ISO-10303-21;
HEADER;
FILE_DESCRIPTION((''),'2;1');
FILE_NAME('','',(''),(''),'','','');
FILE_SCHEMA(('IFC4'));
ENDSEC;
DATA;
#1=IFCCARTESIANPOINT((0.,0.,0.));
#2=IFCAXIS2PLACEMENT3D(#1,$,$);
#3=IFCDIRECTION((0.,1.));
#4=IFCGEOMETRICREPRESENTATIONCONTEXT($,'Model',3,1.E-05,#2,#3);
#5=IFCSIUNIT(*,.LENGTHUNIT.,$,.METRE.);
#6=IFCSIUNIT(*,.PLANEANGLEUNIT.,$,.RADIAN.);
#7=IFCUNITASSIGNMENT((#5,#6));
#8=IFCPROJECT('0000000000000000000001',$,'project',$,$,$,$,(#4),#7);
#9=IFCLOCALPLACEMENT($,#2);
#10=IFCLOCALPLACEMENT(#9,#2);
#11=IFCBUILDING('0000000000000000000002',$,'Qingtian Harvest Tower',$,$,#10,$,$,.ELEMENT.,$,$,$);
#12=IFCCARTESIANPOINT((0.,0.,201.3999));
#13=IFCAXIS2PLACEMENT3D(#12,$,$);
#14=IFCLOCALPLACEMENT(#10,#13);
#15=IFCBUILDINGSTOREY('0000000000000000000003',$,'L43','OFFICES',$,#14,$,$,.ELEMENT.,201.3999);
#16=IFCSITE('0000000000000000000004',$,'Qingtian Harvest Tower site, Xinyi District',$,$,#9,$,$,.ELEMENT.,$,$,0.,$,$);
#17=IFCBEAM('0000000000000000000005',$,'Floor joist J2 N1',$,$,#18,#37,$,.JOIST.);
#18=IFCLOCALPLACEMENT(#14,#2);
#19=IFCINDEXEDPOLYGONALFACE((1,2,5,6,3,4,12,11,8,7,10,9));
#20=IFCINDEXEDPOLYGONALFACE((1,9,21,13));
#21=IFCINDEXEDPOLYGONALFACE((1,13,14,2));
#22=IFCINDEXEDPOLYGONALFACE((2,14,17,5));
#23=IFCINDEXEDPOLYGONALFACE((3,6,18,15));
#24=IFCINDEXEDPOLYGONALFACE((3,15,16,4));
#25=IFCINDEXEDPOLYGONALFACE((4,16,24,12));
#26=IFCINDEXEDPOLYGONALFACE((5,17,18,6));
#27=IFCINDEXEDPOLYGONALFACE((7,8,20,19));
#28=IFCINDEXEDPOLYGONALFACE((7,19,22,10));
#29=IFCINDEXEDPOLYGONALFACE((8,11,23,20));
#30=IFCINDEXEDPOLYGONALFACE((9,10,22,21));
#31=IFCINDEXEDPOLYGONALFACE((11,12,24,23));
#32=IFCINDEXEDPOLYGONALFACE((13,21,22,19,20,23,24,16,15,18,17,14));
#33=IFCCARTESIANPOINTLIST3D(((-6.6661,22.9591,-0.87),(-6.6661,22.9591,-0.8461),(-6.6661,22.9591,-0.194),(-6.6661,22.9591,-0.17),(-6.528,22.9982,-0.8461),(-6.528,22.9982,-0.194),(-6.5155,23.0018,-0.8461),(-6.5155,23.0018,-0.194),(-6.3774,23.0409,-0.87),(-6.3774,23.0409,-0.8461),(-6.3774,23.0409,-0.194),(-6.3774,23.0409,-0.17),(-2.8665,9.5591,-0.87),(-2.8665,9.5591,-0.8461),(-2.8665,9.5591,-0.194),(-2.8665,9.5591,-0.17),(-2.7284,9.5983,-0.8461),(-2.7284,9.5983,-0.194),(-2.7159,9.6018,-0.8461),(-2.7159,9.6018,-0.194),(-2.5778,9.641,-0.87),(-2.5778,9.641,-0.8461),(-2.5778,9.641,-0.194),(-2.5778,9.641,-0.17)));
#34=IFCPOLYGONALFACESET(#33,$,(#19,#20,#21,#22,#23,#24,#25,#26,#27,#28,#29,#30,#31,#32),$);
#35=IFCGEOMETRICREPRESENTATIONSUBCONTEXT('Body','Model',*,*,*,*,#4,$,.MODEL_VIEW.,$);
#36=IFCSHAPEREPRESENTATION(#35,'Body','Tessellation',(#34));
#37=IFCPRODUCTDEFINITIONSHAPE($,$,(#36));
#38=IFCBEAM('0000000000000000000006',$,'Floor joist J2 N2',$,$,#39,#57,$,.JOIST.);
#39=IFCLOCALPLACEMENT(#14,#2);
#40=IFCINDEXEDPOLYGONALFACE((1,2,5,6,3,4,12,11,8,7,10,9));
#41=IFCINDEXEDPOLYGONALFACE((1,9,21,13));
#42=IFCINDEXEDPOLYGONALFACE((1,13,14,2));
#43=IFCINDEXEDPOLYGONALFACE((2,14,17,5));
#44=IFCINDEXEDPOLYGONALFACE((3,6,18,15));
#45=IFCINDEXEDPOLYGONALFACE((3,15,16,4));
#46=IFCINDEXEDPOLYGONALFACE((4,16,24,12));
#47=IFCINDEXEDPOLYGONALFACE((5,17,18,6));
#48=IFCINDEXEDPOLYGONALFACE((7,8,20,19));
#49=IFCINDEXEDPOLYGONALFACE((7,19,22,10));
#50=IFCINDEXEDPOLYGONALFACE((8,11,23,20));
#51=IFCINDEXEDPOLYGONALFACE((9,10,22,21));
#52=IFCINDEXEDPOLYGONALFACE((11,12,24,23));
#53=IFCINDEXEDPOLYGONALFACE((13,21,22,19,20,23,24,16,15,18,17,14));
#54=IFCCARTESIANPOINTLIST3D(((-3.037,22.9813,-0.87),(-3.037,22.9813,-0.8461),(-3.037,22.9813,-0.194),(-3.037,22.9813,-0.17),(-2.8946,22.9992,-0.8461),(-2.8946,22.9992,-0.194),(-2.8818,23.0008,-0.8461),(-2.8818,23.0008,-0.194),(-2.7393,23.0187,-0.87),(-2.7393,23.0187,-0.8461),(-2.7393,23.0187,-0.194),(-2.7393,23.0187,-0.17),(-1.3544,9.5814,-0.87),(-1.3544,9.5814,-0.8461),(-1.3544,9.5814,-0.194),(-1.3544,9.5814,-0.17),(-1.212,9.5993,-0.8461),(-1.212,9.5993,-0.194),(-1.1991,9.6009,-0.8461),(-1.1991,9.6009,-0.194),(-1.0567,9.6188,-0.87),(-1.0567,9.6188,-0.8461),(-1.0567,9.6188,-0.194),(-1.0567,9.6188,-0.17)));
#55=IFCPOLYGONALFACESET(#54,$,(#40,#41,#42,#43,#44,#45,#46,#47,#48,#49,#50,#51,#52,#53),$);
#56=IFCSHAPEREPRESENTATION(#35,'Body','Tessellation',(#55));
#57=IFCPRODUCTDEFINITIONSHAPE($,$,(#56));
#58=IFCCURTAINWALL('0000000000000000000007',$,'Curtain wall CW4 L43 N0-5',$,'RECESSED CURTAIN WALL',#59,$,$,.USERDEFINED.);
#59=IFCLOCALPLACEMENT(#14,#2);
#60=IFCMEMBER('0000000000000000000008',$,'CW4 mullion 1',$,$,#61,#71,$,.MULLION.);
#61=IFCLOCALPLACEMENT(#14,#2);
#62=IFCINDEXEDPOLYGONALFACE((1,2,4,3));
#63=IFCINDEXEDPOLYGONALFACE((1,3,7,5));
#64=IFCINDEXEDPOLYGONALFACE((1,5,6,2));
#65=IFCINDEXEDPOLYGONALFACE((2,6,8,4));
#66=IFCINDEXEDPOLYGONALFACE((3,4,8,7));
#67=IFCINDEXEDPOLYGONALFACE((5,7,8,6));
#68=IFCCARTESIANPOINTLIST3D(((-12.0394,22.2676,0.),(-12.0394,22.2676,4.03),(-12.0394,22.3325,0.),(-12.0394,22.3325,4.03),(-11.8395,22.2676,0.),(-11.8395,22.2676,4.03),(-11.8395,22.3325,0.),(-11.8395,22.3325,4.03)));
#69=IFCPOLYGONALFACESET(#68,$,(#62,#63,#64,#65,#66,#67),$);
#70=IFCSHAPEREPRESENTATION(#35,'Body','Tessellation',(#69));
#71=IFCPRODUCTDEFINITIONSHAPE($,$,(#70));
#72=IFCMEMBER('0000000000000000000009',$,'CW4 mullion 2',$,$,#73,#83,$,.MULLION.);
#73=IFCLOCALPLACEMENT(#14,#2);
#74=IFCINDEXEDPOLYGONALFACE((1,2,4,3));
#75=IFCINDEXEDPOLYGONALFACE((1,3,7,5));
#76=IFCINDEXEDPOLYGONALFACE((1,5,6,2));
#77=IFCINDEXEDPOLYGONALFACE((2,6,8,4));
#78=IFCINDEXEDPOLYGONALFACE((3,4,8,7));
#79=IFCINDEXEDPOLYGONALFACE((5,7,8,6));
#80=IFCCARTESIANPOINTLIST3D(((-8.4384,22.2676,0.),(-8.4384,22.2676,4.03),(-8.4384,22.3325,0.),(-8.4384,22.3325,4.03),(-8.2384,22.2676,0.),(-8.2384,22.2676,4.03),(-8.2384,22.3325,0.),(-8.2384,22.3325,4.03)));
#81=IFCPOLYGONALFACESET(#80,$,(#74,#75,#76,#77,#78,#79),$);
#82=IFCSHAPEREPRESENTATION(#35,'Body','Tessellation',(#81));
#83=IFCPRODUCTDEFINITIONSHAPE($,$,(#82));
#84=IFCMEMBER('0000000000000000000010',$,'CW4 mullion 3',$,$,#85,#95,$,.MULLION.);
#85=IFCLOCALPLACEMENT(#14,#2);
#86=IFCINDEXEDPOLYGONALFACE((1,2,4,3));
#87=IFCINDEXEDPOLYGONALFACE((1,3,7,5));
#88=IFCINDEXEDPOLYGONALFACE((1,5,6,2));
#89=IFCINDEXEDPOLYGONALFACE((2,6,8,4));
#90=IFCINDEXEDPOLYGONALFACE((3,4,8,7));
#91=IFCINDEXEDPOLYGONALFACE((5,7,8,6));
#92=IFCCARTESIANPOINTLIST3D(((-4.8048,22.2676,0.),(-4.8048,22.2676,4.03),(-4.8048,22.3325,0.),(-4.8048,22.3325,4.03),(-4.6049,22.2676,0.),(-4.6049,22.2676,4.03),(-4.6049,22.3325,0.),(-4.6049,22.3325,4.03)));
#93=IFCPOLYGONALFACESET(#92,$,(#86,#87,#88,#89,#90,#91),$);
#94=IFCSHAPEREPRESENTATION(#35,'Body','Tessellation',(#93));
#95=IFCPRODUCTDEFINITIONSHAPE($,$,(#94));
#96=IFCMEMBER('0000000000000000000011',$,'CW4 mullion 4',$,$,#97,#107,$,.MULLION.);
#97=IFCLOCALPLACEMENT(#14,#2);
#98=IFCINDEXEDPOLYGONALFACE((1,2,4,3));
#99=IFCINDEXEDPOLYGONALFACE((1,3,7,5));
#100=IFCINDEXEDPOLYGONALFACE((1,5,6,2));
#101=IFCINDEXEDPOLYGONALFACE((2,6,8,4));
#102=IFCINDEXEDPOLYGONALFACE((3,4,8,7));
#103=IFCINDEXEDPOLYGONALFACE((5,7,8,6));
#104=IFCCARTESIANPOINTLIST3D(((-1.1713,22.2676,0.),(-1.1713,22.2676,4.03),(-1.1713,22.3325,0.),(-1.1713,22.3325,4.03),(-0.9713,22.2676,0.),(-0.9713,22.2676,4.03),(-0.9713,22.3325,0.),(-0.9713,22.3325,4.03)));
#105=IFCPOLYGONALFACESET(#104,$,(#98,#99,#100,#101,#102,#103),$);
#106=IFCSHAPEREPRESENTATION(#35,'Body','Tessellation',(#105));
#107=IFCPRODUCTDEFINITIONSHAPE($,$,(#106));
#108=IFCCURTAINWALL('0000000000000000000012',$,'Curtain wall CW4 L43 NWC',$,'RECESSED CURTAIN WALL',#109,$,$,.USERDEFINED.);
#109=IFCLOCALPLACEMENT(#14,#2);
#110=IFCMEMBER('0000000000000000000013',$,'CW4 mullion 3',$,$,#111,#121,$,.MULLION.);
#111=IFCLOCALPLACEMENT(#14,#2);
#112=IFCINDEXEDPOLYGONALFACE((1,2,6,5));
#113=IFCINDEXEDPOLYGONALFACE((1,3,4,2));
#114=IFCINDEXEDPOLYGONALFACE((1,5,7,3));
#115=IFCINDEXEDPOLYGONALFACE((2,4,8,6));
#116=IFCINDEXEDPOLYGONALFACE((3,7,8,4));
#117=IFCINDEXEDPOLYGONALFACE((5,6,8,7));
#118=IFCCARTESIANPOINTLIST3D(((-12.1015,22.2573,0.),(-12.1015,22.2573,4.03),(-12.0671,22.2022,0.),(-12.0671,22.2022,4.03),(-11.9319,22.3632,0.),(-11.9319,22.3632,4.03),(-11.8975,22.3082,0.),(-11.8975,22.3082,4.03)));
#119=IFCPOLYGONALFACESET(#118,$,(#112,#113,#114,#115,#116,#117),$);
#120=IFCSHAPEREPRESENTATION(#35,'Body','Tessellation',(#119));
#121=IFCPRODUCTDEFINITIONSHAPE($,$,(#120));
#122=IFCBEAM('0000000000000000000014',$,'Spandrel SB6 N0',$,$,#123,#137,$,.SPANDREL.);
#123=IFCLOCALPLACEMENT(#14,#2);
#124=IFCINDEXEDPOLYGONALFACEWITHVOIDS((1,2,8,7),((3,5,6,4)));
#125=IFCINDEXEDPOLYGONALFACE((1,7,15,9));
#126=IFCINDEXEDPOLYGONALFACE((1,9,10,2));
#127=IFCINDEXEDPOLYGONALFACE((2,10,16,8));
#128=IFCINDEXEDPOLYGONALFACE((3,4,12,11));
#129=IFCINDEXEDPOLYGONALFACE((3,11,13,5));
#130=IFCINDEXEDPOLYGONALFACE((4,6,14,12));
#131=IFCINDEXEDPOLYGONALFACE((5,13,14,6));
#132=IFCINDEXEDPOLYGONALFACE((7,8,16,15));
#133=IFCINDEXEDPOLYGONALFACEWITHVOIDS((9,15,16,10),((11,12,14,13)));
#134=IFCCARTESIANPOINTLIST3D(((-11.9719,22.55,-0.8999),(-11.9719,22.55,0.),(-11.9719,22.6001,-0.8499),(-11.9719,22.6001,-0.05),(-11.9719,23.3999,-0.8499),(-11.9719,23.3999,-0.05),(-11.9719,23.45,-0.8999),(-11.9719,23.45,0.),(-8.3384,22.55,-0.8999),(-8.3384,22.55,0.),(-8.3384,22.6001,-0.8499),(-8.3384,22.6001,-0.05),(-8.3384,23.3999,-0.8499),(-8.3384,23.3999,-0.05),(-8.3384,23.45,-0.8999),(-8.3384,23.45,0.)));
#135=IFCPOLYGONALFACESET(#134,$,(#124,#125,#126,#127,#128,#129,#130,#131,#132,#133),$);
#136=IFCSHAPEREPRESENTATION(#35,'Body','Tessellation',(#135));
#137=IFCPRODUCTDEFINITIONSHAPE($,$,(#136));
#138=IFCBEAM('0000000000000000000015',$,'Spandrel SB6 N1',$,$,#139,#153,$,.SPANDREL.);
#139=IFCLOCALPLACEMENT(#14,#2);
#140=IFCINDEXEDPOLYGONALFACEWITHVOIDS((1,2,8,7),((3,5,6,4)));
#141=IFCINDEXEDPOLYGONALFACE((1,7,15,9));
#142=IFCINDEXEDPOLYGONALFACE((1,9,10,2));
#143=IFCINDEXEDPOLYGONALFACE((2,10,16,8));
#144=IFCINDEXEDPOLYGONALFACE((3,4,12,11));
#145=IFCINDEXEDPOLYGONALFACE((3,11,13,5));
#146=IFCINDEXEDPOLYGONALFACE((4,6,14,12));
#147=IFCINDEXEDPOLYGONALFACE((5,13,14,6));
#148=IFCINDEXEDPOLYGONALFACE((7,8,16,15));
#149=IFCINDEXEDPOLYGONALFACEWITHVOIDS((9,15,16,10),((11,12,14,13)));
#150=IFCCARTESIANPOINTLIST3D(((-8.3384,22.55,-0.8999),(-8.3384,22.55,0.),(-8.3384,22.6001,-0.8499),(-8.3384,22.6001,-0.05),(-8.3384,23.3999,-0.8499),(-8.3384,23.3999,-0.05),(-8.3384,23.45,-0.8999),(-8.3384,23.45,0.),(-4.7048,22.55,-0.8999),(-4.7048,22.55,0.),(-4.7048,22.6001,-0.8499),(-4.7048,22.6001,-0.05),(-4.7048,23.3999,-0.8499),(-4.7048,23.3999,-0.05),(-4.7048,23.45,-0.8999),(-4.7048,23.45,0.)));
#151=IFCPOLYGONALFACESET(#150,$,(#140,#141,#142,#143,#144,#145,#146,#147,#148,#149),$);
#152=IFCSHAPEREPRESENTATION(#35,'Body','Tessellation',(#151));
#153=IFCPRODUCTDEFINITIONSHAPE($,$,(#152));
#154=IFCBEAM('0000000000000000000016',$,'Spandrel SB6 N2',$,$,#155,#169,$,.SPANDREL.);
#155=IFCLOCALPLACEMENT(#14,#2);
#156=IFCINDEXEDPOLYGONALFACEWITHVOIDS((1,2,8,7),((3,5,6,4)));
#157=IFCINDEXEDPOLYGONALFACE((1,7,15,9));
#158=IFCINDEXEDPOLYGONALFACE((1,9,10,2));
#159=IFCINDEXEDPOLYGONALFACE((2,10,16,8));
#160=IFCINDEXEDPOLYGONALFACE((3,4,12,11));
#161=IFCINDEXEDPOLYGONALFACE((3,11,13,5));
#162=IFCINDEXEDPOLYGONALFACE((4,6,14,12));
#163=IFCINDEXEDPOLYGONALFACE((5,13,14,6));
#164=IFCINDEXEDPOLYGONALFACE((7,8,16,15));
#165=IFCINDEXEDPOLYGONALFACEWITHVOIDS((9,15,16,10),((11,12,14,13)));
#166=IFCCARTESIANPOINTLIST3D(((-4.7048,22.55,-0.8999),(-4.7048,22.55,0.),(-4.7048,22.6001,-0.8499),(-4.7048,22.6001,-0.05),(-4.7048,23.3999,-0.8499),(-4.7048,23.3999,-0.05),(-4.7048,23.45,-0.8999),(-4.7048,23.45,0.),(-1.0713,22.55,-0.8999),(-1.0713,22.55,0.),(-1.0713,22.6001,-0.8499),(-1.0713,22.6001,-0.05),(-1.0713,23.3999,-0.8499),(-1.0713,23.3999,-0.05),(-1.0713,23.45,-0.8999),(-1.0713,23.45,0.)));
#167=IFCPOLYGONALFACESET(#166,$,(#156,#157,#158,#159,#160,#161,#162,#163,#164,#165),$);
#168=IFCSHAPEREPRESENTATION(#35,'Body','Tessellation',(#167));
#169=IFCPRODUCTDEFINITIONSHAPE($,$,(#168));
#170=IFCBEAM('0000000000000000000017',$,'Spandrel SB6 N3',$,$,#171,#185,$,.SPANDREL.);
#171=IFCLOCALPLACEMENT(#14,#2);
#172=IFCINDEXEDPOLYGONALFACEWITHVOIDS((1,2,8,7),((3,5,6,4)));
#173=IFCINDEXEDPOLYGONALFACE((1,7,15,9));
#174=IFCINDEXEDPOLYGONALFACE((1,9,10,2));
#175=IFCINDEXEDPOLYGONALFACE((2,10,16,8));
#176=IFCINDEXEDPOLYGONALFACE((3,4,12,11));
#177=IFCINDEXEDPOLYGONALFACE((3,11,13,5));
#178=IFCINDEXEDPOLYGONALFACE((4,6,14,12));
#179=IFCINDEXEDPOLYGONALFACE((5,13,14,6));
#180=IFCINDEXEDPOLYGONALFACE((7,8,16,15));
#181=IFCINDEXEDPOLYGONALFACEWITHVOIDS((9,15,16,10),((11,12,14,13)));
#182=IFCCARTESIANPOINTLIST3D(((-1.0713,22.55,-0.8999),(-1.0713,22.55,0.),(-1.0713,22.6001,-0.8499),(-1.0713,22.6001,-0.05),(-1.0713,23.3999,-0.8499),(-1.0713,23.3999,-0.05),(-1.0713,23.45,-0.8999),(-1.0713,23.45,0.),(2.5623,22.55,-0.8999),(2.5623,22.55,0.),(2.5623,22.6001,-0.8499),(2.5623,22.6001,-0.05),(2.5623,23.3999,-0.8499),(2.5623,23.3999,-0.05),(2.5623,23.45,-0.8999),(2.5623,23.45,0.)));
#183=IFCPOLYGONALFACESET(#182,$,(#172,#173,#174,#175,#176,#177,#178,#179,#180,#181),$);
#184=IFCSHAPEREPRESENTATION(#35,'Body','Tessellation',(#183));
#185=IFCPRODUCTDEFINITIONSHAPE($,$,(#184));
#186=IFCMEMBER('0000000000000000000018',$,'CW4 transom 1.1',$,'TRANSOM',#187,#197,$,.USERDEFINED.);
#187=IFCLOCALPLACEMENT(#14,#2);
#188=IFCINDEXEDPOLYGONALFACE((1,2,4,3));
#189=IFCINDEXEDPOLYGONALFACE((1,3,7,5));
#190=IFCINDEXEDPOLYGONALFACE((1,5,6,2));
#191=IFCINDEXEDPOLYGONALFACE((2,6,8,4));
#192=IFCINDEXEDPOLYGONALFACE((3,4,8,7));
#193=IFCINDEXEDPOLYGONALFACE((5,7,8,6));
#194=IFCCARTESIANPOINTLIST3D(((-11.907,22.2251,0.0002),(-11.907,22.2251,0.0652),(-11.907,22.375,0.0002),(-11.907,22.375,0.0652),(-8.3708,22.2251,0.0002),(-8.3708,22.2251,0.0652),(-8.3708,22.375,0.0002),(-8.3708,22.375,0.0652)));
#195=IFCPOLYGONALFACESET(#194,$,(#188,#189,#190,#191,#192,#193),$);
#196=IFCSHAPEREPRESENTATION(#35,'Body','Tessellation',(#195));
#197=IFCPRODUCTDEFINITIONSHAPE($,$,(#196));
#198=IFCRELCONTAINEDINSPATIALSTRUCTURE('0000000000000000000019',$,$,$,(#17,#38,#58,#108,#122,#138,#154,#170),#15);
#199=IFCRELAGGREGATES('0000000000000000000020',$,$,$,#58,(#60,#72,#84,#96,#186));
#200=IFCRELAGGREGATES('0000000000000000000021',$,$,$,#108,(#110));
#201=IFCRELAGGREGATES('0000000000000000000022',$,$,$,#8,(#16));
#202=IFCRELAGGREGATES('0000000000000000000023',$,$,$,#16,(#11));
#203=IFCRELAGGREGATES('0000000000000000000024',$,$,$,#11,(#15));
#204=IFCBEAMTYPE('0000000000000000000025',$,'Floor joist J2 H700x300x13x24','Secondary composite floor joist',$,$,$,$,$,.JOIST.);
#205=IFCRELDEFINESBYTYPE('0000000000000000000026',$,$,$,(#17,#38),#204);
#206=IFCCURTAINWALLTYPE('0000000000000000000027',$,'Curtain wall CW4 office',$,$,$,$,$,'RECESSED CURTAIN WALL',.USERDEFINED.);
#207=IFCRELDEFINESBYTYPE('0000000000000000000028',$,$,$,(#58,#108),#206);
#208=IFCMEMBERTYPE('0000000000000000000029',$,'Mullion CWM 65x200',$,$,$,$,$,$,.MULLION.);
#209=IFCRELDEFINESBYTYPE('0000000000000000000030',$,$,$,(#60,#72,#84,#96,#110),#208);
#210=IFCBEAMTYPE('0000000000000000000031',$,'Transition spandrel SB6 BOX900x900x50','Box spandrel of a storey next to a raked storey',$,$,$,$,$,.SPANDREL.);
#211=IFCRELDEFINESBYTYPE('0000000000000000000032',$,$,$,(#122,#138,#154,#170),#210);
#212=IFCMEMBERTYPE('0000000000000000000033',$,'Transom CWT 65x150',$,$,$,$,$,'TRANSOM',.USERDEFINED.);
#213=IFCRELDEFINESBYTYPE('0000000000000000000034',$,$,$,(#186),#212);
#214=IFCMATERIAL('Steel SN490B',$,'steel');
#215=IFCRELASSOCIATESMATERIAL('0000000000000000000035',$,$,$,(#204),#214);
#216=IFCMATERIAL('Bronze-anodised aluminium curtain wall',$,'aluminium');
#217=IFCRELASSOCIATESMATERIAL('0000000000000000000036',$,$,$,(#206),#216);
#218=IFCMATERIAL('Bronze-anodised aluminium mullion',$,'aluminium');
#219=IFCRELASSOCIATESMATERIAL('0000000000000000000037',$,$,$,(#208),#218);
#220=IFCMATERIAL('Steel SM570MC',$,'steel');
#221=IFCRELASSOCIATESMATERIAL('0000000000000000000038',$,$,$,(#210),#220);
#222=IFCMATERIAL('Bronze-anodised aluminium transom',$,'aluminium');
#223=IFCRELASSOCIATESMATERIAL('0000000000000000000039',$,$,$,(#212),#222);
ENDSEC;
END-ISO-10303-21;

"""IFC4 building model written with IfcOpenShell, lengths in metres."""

from ifc_helpers import new_model, si_unit, direction, frame, origin, origin_2d, place, context, subcontext, project, spatial, rectangle, hollow_rectangle, i_section, extrude, material, material_profile, profile_set, type_object, element, aggregate, save


model = new_model("IFC4")

# Units and contexts
model_context = context("Model", 3, precision=1e-05, world=origin(), true_north=direction((0.0, 1.0)))
body_context = subcontext(model_context, "Body", "Model", "MODEL_VIEW")
ifc_project = project(units=[si_unit("LENGTHUNIT", "METRE"), si_unit("PLANEANGLEUNIT", "RADIAN")], contexts=[model_context])

# Site, building, storey
site_placement = place(None, origin())
site = spatial("IfcSite", under=ifc_project, at=site_placement, Name="Qingtian Harvest Tower site, Xinyi District", CompositionType="ELEMENT", RefElevation=0.0)
building_placement = place(site_placement, origin())
building = spatial("IfcBuilding", under=site, at=building_placement, Name="Qingtian Harvest Tower", CompositionType="ELEMENT")
storey_placement = place(building_placement, frame((0.0, 0.0, 201.3999)))
storey = spatial("IfcBuildingStorey", under=building, at=storey_placement, Name="L43", Description="OFFICES", CompositionType="ELEMENT", Elevation=201.3999)

# Beams
ifc_material_1 = material(Name="Steel SN490B", Category="steel")
ifc_material_profile_1 = material_profile(ifc_material_1, i_section(OverallWidth=0.3, OverallDepth=0.7, WebThickness=0.0129, FlangeThickness=0.0239, at=origin_2d()), Name="H700x300x13x24")
ifc_profile_set_1 = profile_set([ifc_material_profile_1], Name="Steel SN490B")
beam_type_1 = type_object("IfcBeamType", Name="Floor joist J2 H700x300x13x24", Description="Secondary composite floor joist", PredefinedType="JOIST", material=ifc_profile_set_1)
beam_1_placement = place(storey_placement, frame((-6.5217, 23.0, -0.52), z_axis=(0.272797, -0.962072, 0.0), x_axis=(0.962072, 0.272797, 0.0)))
element("IfcBeam", 1, at=beam_1_placement, inside=storey, type_object=beam_type_1, Name="Floor joist J2 N1", PredefinedType="JOIST", context=body_context, shape_type="SweptSolid", body=[
    extrude(i_section(OverallWidth=0.3, OverallDepth=0.7, WebThickness=0.0129, FlangeThickness=0.0239, at=origin_2d()), origin(), (0.0, 0.0, 1.0), 13.9282),
])
beam_2_placement = place(storey_placement, frame((-2.8882, 23.0, -0.52), z_axis=(0.124591, -0.992208, 0.0), x_axis=(0.992208, 0.124591, 0.0)))
element("IfcBeam", 2, at=beam_2_placement, inside=storey, type_object=beam_type_1, Name="Floor joist J2 N2", PredefinedType="JOIST", context=body_context, shape_type="SweptSolid", body=[
    extrude(i_section(OverallWidth=0.3, OverallDepth=0.7, WebThickness=0.0129, FlangeThickness=0.0239, at=origin_2d()), origin(), (0.0, 0.0, 1.0), 13.5051),
])

# Curtain wall, members
ifc_material_2 = material(Name="Bronze-anodised aluminium curtain wall", Category="aluminium")
curtain_wall_type = type_object("IfcCurtainWallType", Name="Curtain wall CW4 office", ElementType="RECESSED CURTAIN WALL", PredefinedType="USERDEFINED", material=ifc_material_2)
curtain_wall_1_placement = place(storey_placement, origin())
curtain_wall_1 = element("IfcCurtainWall", 3, at=curtain_wall_1_placement, inside=storey, type_object=curtain_wall_type, Name="Curtain wall CW4 L43 N0-5", ObjectType="RECESSED CURTAIN WALL", PredefinedType="USERDEFINED")
ifc_material_3 = material(Name="Bronze-anodised aluminium mullion", Category="aluminium")
ifc_material_profile_2 = material_profile(ifc_material_3, rectangle(XDim=0.0649, YDim=0.2, at=origin_2d()), Name="AL 65x200")
ifc_profile_set_2 = profile_set([ifc_material_profile_2], Name="Bronze-anodised aluminium mullion")
member_type_1 = type_object("IfcMemberType", Name="Mullion CWM 65x200", PredefinedType="MULLION", material=ifc_profile_set_2)
member_1_placement = place(storey_placement, frame((-11.9395, 22.3, 0.0), z_axis=(0.0, 0.0, 1.0), x_axis=(0.0, 1.0, 0.0)))
member_1 = element("IfcMember", 4, at=member_1_placement, type_object=member_type_1, Name="CW4 mullion 1", PredefinedType="MULLION", context=body_context, shape_type="SweptSolid", body=[
    extrude(rectangle(XDim=0.0649, YDim=0.2, at=origin_2d()), origin(), (0.0, 0.0, 1.0), 4.03),
])
member_2_placement = place(storey_placement, frame((-8.3384, 22.3, 0.0), z_axis=(0.0, 0.0, 1.0), x_axis=(0.0, 1.0, 0.0)))
member_2 = element("IfcMember", 5, at=member_2_placement, type_object=member_type_1, Name="CW4 mullion 2", PredefinedType="MULLION", context=body_context, shape_type="SweptSolid", body=[
    extrude(rectangle(XDim=0.0649, YDim=0.2, at=origin_2d()), origin(), (0.0, 0.0, 1.0), 4.03),
])
member_3_placement = place(storey_placement, frame((-4.7048, 22.3, 0.0), z_axis=(0.0, 0.0, 1.0), x_axis=(0.0, 1.0, 0.0)))
member_3 = element("IfcMember", 6, at=member_3_placement, type_object=member_type_1, Name="CW4 mullion 3", PredefinedType="MULLION", context=body_context, shape_type="SweptSolid", body=[
    extrude(rectangle(XDim=0.0649, YDim=0.2, at=origin_2d()), origin(), (0.0, 0.0, 1.0), 4.03),
])
member_4_placement = place(storey_placement, frame((-1.0713, 22.3, 0.0), z_axis=(0.0, 0.0, 1.0), x_axis=(0.0, 1.0, 0.0)))
member_4 = element("IfcMember", 7, at=member_4_placement, type_object=member_type_1, Name="CW4 mullion 4", PredefinedType="MULLION", context=body_context, shape_type="SweptSolid", body=[
    extrude(rectangle(XDim=0.0649, YDim=0.2, at=origin_2d()), origin(), (0.0, 0.0, 1.0), 4.03),
])

# Curtain wall, member
curtain_wall_2_placement = place(storey_placement, origin())
curtain_wall_2 = element("IfcCurtainWall", 8, at=curtain_wall_2_placement, inside=storey, type_object=curtain_wall_type, Name="Curtain wall CW4 L43 NWC", ObjectType="RECESSED CURTAIN WALL", PredefinedType="USERDEFINED")
member_5_placement = place(storey_placement, frame((-11.9995, 22.2827, 0.0), z_axis=(0.0, 0.0, 1.0), x_axis=(-0.529919, 0.848048, 0.0)))
member_5 = element("IfcMember", 9, at=member_5_placement, type_object=member_type_1, Name="CW4 mullion 3", PredefinedType="MULLION", context=body_context, shape_type="SweptSolid", body=[
    extrude(rectangle(XDim=0.0649, YDim=0.2, at=origin_2d()), origin(), (0.0, 0.0, 1.0), 4.03),
])

# Beams
ifc_material_4 = material(Name="Steel SM570MC", Category="steel")
ifc_material_profile_3 = material_profile(ifc_material_4, hollow_rectangle(XDim=0.8999, YDim=0.8999, WallThickness=0.05, at=origin_2d()), Name="BOX900x900x50")
ifc_profile_set_3 = profile_set([ifc_material_profile_3], Name="Steel SM570MC")
beam_type_2 = type_object("IfcBeamType", Name="Transition spandrel SB6 BOX900x900x50", Description="Box spandrel of a storey next to a raked storey", PredefinedType="SPANDREL", material=ifc_profile_set_3)
for number, where, z_axis, x_axis, name in (
    (10, (-11.9719, 23.0, -0.45), (1.0, 0.0, 0.0), (0.0, 1.0, 0.0), "Spandrel SB6 N0"),
    (11, (-8.3384, 23.0, -0.45), (1.0, 0.0, 0.0), (0.0, 1.0, 0.0), "Spandrel SB6 N1"),
    (12, (-4.7048, 23.0, -0.45), (1.0, 0.0, 0.0), (0.0, 1.0, 0.0), "Spandrel SB6 N2"),
    (13, (-1.0713, 23.0, -0.45), (1.0, 0.0, 0.0), (0.0, 1.0, 0.0), "Spandrel SB6 N3"),
):
    element("IfcBeam", number, at=place(storey_placement, frame(where, z_axis=z_axis, x_axis=x_axis)), inside=storey, type_object=beam_type_2, Name=name, PredefinedType="SPANDREL", context=body_context, shape_type="SweptSolid", body=[
        extrude(hollow_rectangle(XDim=0.8999, YDim=0.8999, WallThickness=0.05, at=origin_2d()), origin(), (0.0, 0.0, 1.0), 3.6335),
    ])

# Member
ifc_material_5 = material(Name="Bronze-anodised aluminium transom", Category="aluminium")
ifc_material_profile_4 = material_profile(ifc_material_5, rectangle(XDim=0.1499, YDim=0.0649, at=origin_2d()), Name="AL 65x150")
ifc_profile_set_4 = profile_set([ifc_material_profile_4], Name="Bronze-anodised aluminium transom")
member_type_2 = type_object("IfcMemberType", Name="Transom CWT 65x150", ElementType="TRANSOM", PredefinedType="USERDEFINED", material=ifc_profile_set_4)
member_6_placement = place(storey_placement, frame((-11.907, 22.3, 0.0327), z_axis=(1.0, 0.0, 0.0), x_axis=(0.0, 1.0, 0.0)))
member_6 = element("IfcMember", 14, at=member_6_placement, type_object=member_type_2, Name="CW4 transom 1.1", ObjectType="TRANSOM", PredefinedType="USERDEFINED", context=body_context, shape_type="SweptSolid", body=[
    extrude(rectangle(XDim=0.1499, YDim=0.0649, at=origin_2d()), origin(), (0.0, 0.0, 1.0), 3.5361),
])

aggregate(curtain_wall_1, [member_1, member_2, member_3, member_4, member_6])
aggregate(curtain_wall_2, [member_5])

save(model, "model.ifc")
